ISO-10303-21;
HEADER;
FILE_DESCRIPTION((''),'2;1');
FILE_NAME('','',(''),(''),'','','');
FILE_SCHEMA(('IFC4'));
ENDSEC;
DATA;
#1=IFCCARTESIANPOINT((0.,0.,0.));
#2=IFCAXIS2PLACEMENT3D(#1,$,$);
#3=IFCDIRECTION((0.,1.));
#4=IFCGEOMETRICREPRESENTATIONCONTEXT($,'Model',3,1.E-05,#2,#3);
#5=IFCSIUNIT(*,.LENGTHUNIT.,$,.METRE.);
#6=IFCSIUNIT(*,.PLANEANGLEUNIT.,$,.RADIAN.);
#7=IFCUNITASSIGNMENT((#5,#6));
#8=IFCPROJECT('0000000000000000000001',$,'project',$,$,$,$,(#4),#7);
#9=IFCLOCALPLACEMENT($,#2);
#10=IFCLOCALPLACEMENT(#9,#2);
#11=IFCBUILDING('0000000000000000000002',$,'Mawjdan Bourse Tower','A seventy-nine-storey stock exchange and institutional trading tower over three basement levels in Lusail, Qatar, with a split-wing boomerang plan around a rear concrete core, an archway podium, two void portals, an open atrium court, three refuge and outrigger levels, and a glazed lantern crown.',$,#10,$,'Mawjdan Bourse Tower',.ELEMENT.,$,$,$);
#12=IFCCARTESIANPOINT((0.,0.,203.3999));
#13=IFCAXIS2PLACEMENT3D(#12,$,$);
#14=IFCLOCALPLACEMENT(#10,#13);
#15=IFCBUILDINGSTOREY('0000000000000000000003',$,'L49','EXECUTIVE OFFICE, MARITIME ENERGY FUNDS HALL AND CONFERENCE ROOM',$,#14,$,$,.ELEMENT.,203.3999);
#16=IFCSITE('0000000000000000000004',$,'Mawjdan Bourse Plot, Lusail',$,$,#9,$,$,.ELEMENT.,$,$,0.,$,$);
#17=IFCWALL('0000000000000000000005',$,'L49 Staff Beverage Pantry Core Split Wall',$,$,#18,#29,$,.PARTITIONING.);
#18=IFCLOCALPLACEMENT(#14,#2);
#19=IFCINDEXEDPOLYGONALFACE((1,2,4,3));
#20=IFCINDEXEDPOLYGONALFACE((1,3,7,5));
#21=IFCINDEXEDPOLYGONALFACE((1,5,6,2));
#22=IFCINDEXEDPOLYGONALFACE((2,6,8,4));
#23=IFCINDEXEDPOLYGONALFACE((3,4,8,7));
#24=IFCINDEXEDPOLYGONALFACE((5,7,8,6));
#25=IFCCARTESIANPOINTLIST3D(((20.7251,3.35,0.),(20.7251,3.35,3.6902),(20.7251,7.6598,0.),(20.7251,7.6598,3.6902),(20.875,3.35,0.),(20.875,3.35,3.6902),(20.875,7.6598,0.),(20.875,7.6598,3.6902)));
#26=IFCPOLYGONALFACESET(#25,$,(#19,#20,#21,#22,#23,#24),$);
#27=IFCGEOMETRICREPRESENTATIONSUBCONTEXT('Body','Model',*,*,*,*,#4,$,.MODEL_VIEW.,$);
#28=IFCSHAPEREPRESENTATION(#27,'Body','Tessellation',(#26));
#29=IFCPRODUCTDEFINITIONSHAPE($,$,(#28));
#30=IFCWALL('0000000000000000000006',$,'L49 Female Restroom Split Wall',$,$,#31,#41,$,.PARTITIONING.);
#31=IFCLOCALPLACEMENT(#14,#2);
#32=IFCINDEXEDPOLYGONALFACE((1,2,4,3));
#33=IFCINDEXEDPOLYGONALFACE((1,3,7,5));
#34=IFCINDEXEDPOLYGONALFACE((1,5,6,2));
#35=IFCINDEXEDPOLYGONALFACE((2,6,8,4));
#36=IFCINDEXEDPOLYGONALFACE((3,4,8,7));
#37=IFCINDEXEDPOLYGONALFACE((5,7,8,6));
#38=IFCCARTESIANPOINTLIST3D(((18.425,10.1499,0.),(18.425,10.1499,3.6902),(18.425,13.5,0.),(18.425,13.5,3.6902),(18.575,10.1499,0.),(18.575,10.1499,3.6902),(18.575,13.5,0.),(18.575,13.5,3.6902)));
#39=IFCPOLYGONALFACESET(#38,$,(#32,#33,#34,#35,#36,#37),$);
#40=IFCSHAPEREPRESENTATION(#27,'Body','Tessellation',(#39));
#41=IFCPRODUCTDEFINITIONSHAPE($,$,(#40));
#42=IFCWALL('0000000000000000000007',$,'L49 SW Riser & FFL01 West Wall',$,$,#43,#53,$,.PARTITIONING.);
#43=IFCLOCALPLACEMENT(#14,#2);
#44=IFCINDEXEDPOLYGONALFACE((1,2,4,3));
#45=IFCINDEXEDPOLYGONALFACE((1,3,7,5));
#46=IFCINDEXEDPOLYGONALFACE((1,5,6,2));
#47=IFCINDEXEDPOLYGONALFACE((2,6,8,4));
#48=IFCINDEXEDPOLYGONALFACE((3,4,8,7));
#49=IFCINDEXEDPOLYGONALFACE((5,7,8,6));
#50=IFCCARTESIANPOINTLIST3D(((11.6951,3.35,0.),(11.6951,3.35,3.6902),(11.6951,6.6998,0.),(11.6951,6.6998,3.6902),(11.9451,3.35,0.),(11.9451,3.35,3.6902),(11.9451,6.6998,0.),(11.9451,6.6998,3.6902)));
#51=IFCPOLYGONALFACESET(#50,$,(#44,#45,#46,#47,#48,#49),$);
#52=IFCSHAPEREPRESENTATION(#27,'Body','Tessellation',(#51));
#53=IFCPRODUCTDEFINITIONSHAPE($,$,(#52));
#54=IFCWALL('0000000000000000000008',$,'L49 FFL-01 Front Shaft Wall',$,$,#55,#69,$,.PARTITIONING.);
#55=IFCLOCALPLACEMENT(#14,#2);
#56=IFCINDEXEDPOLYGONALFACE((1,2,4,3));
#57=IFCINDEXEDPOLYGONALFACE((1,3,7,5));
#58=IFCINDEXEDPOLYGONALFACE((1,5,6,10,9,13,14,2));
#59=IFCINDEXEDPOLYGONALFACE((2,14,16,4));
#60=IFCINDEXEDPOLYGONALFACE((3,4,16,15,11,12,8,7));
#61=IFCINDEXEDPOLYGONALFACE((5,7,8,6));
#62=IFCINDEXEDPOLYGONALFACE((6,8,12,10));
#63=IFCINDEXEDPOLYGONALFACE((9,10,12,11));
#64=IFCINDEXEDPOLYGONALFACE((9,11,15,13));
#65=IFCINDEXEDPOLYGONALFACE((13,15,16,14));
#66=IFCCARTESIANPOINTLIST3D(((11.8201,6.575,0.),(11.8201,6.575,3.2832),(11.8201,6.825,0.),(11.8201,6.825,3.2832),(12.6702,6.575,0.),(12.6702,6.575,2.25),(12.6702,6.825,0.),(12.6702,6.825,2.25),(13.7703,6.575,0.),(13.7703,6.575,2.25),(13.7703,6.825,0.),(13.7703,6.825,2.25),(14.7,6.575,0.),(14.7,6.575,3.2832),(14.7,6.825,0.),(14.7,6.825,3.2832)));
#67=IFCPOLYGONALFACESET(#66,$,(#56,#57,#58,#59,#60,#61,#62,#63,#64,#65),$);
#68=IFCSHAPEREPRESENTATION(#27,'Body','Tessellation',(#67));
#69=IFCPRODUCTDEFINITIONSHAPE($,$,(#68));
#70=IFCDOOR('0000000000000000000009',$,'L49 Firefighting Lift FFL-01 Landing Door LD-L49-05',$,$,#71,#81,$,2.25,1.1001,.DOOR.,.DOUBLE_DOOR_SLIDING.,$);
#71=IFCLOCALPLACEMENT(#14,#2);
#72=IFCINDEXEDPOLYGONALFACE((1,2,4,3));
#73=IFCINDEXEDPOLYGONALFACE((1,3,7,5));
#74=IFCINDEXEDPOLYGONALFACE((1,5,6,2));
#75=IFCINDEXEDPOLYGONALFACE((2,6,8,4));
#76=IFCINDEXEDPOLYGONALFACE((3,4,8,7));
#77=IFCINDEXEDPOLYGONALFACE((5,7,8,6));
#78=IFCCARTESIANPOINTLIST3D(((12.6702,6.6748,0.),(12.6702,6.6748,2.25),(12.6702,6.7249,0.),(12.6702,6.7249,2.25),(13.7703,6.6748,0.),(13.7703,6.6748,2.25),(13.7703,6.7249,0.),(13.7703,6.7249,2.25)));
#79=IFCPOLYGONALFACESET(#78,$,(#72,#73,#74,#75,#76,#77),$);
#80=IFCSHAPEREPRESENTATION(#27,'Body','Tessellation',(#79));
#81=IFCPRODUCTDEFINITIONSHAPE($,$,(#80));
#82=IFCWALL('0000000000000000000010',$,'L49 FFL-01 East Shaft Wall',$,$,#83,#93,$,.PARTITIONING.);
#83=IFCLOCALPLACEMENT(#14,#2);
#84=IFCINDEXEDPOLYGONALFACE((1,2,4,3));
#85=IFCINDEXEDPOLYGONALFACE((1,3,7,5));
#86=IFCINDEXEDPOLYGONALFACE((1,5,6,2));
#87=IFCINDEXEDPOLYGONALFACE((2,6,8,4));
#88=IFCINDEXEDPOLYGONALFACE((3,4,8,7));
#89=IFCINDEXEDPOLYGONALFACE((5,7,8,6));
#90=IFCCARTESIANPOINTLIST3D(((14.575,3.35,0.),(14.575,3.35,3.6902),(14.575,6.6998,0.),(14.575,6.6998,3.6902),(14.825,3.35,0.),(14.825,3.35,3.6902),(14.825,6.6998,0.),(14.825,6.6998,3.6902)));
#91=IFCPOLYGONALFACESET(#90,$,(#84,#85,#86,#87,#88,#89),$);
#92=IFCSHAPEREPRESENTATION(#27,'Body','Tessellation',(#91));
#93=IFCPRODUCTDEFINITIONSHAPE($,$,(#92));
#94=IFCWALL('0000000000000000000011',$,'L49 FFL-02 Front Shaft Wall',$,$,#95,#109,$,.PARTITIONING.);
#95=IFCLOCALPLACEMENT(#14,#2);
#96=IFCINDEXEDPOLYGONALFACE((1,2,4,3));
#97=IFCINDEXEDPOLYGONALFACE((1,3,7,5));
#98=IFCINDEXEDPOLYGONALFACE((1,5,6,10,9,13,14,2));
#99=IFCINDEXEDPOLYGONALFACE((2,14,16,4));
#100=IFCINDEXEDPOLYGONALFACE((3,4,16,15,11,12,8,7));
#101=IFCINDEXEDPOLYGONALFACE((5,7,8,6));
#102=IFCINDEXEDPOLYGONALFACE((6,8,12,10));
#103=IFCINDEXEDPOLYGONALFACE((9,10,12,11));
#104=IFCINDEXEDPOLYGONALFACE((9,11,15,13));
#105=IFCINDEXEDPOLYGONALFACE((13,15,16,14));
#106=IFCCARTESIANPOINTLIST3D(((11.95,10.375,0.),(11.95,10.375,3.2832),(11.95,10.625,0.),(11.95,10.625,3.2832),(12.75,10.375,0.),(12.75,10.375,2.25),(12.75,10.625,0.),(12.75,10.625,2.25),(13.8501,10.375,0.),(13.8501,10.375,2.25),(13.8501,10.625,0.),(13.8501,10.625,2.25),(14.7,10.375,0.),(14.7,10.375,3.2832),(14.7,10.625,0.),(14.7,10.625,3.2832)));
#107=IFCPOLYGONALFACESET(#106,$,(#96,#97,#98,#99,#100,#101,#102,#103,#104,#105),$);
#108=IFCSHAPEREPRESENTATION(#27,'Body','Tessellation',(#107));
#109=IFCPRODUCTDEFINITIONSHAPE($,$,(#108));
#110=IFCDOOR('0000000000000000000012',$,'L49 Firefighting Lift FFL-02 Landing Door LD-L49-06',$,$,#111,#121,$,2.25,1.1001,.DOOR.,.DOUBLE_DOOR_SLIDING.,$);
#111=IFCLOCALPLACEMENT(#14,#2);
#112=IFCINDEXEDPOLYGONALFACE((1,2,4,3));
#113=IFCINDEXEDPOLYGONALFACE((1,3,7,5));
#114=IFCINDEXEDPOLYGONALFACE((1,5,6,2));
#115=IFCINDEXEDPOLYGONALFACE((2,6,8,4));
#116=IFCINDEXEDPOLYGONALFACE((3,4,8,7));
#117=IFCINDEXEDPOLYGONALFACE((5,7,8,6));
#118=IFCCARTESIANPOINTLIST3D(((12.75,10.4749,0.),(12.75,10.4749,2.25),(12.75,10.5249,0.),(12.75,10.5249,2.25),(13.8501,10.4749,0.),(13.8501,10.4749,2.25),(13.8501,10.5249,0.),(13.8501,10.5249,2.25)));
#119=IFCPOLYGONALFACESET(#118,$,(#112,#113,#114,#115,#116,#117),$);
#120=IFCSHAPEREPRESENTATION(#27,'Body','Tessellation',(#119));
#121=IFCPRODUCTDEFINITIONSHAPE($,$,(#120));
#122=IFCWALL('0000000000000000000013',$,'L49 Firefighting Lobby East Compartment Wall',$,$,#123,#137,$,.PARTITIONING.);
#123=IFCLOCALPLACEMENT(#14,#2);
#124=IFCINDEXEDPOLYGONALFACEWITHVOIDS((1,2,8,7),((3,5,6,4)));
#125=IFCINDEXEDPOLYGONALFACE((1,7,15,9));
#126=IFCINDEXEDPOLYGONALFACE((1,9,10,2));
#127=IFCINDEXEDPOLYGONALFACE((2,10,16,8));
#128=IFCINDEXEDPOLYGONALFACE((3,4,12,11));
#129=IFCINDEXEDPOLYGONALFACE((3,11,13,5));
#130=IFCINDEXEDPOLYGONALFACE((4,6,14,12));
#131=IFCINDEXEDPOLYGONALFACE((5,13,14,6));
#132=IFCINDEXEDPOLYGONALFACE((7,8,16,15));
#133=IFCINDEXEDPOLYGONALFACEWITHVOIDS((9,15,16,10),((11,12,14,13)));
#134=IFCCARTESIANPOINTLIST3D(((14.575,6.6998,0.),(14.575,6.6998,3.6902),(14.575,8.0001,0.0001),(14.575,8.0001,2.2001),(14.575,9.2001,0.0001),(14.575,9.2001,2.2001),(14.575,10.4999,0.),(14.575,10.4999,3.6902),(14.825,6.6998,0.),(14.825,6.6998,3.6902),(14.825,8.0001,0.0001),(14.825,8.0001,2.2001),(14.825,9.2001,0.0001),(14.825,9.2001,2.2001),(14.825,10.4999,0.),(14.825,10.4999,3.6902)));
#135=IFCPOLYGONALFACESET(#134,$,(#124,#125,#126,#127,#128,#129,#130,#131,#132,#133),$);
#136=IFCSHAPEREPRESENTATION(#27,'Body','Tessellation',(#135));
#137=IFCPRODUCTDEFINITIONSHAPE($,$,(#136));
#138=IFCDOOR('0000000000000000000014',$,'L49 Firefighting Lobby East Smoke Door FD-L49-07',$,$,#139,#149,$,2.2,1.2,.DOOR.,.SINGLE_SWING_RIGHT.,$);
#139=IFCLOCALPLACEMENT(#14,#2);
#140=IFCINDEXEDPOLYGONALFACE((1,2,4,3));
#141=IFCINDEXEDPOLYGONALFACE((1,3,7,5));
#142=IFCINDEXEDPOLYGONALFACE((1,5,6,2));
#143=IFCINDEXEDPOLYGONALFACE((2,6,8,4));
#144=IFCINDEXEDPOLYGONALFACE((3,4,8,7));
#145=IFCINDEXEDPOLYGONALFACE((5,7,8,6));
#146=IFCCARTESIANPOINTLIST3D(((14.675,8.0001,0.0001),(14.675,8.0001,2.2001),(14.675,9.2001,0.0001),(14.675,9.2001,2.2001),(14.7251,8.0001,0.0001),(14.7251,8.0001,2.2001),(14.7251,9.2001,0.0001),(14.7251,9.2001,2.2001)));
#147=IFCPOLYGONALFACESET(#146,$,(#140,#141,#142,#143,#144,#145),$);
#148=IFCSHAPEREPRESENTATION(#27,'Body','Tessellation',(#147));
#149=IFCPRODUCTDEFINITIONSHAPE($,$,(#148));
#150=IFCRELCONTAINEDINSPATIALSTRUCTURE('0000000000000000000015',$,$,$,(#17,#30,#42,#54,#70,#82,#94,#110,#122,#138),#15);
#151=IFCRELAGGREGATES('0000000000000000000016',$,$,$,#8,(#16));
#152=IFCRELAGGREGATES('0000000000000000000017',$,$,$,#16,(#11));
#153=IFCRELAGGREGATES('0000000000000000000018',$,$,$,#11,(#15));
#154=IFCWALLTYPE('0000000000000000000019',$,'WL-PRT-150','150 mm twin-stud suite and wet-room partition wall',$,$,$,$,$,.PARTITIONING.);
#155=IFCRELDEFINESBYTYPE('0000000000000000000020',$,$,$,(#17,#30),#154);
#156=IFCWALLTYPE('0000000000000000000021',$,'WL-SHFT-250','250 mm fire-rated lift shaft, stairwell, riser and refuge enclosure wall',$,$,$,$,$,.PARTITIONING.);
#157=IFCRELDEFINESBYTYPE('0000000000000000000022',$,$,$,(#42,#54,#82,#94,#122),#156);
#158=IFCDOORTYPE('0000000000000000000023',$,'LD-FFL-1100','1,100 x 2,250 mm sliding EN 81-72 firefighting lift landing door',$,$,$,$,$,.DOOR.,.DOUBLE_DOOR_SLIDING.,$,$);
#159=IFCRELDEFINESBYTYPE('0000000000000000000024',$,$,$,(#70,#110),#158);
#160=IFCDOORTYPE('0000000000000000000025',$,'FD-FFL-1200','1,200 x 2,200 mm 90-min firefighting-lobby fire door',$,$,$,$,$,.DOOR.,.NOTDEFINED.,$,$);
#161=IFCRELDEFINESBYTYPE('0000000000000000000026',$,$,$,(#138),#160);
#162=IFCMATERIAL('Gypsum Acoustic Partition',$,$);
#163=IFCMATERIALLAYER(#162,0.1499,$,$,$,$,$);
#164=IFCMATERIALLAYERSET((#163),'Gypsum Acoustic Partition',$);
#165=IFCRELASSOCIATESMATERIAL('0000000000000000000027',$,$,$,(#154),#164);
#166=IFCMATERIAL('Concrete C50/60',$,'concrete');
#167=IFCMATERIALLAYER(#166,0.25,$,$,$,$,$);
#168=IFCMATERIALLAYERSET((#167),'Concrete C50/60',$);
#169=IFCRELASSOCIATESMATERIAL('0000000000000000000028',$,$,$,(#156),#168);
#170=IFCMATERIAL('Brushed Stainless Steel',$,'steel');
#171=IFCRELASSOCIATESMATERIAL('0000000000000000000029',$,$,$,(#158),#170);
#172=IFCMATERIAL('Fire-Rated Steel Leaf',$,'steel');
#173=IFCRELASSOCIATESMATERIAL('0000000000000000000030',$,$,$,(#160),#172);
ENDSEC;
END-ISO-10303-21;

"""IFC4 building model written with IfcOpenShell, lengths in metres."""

from ifc_helpers import new_model, si_unit, direction, frame, frame_2d, origin, place, context, subcontext, project, spatial, rectangle, extrude, material, layer, layer_set, type_object, element, fill, save


model = new_model("IFC4")

# Units and contexts
model_context = context("Model", 3, precision=1e-05, world=origin(), true_north=direction((0.0, 1.0)))
body_context = subcontext(model_context, "Body", "Model", "MODEL_VIEW")
ifc_project = project(units=[si_unit("LENGTHUNIT", "METRE"), si_unit("PLANEANGLEUNIT", "RADIAN")], contexts=[model_context])

# Site, building, storey
site_placement = place(None, origin())
site = spatial("IfcSite", under=ifc_project, at=site_placement, Name="Mawjdan Bourse Plot, Lusail", CompositionType="ELEMENT", RefElevation=0.0)
building_placement = place(site_placement, origin())
building = spatial("IfcBuilding", under=site, at=building_placement, Name="Mawjdan Bourse Tower", Description="A seventy-nine-storey stock exchange and institutional trading tower over three basement levels in Lusail, Qatar, with a split-wing boomerang plan around a rear concrete core, an archway podium, two void portals, an open atrium court, three refuge and outrigger levels, and a glazed lantern crown.", LongName="Mawjdan Bourse Tower", CompositionType="ELEMENT")
storey_placement = place(building_placement, frame((0.0, 0.0, 203.3999)))
storey = spatial("IfcBuildingStorey", under=building, at=storey_placement, Name="L49", Description="EXECUTIVE OFFICE, MARITIME ENERGY FUNDS HALL AND CONFERENCE ROOM", CompositionType="ELEMENT", Elevation=203.3999)

# Walls
ifc_material_1 = material(Name="Gypsum Acoustic Partition")
ifc_layer_1 = layer(ifc_material_1, 0.1499)
ifc_layer_set_1 = layer_set([ifc_layer_1], Name="Gypsum Acoustic Partition")
wall_type_1 = type_object("IfcWallType", Name="WL-PRT-150", Description="150 mm twin-stud suite and wet-room partition wall", PredefinedType="PARTITIONING", material=ifc_layer_set_1)
for number, where, z_axis, x_axis, name in (
    (1, (20.8, 3.3501, 0.0), (0.0, 0.0, 1.0), (0.0, 1.0, 0.0), "L49 Staff Beverage Pantry Core Split Wall"),
):
    element("IfcWall", number, at=place(storey_placement, frame(where, z_axis=z_axis, x_axis=x_axis)), inside=storey, type_object=wall_type_1, Name=name, PredefinedType="PARTITIONING", context=body_context, shape_type="SweptSolid", body=[
        extrude(rectangle(XDim=4.3098, YDim=0.1499, at=frame_2d((2.1548, 0.0))), origin(), (0.0, 0.0, 1.0), 3.6902),
    ])
wall_1_placement = place(storey_placement, frame((18.5, 10.1499, 0.0), z_axis=(0.0, 0.0, 1.0), x_axis=(0.0, 1.0, 0.0)))
element("IfcWall", 2, at=wall_1_placement, inside=storey, type_object=wall_type_1, Name="L49 Female Restroom Split Wall", PredefinedType="PARTITIONING", context=body_context, shape_type="SweptSolid", body=[
    extrude(rectangle(XDim=3.3501, YDim=0.1499, at=frame_2d((1.675, 0.0))), origin(), (0.0, 0.0, 1.0), 3.6902),
])
ifc_material_2 = material(Name="Concrete C50/60", Category="concrete")
ifc_layer_2 = layer(ifc_material_2, 0.25)
ifc_layer_set_2 = layer_set([ifc_layer_2], Name="Concrete C50/60")
wall_type_2 = type_object("IfcWallType", Name="WL-SHFT-250", Description="250 mm fire-rated lift shaft, stairwell, riser and refuge enclosure wall", PredefinedType="PARTITIONING", material=ifc_layer_set_2)
wall_2_placement = place(storey_placement, frame((11.8201, 3.3501, 0.0), z_axis=(0.0, 0.0, 1.0), x_axis=(0.0, 1.0, 0.0)))
element("IfcWall", 3, at=wall_2_placement, inside=storey, type_object=wall_type_2, Name="L49 SW Riser & FFL01 West Wall", PredefinedType="PARTITIONING", context=body_context, shape_type="SweptSolid", body=[
    extrude(rectangle(XDim=3.3499, YDim=0.25, at=frame_2d((1.6748, 0.0))), origin(), (0.0, 0.0, 1.0), 3.6902),
])

# Wall, opening, door
wall_3_placement = place(storey_placement, frame((11.8201, 6.7, 0.0), z_axis=(0.0, 0.0, 1.0), x_axis=(1.0, 0.0, 0.0)))
wall_3 = element("IfcWall", 4, at=wall_3_placement, inside=storey, type_object=wall_type_2, Name="L49 FFL-01 Front Shaft Wall", PredefinedType="PARTITIONING", context=body_context, shape_type="SweptSolid", body=[
    extrude(rectangle(XDim=2.8799, YDim=0.25, at=frame_2d((1.4399, 0.0))), origin(), (0.0, 0.0, 1.0), 3.2832),
])
opening_1_placement = place(wall_3_placement, frame((0.8501, 0.0, 0.0)))
opening_1 = element("IfcOpeningElement", 5, at=opening_1_placement, cuts=wall_3, PredefinedType="OPENING", context=body_context, shape_type="SweptSolid", body=[
    extrude(rectangle(XDim=1.1001, YDim=2.25, at=frame_2d((0.55, 1.125))), frame((0.0, 0.135, 0.0), z_axis=(0.0, -1.0, 0.0), x_axis=(1.0, 0.0, 0.0)), (0.0, 0.0, 1.0), 0.27),
])
ifc_material_3 = material(Name="Brushed Stainless Steel", Category="steel")
door_type_1 = type_object("IfcDoorType", Name="LD-FFL-1100", Description="1,100 x 2,250 mm sliding EN 81-72 firefighting lift landing door", OperationType="DOUBLE_DOOR_SLIDING", PredefinedType="DOOR", material=ifc_material_3)
door_1_placement = place(opening_1_placement, origin())
door_1 = element("IfcDoor", 6, at=door_1_placement, inside=storey, type_object=door_type_1, Name="L49 Firefighting Lift FFL-01 Landing Door LD-L49-05", OperationType="DOUBLE_DOOR_SLIDING", OverallHeight=2.25, OverallWidth=1.1001, PredefinedType="DOOR", context=body_context, shape_type="SweptSolid", body=[
    extrude(rectangle(XDim=1.1001, YDim=2.25, at=frame_2d((0.55, 1.125))), frame((0.0, 0.0249, 0.0), z_axis=(0.0, -1.0, 0.0), x_axis=(1.0, 0.0, 0.0)), (0.0, 0.0, 1.0), 0.05),
])
fill(opening_1, door_1)

# Wall
wall_4_placement = place(storey_placement, frame((14.7, 3.3501, 0.0), z_axis=(0.0, 0.0, 1.0), x_axis=(0.0, 1.0, 0.0)))
element("IfcWall", 7, at=wall_4_placement, inside=storey, type_object=wall_type_2, Name="L49 FFL-01 East Shaft Wall", PredefinedType="PARTITIONING", context=body_context, shape_type="SweptSolid", body=[
    extrude(rectangle(XDim=3.3499, YDim=0.25, at=frame_2d((1.6748, 0.0))), origin(), (0.0, 0.0, 1.0), 3.6902),
])

# Walls, openings, doors
wall_5_placement = place(storey_placement, frame((11.95, 10.5, 0.0), z_axis=(0.0, 0.0, 1.0), x_axis=(1.0, 0.0, 0.0)))
wall_5 = element("IfcWall", 8, at=wall_5_placement, inside=storey, type_object=wall_type_2, Name="L49 FFL-02 Front Shaft Wall", PredefinedType="PARTITIONING", context=body_context, shape_type="SweptSolid", body=[
    extrude(rectangle(XDim=2.75, YDim=0.25, at=frame_2d((1.375, 0.0))), origin(), (0.0, 0.0, 1.0), 3.2832),
])
opening_2_placement = place(wall_5_placement, frame((0.8, 0.0, 0.0)))
opening_2 = element("IfcOpeningElement", 9, at=opening_2_placement, cuts=wall_5, PredefinedType="OPENING", context=body_context, shape_type="SweptSolid", body=[
    extrude(rectangle(XDim=1.1001, YDim=2.25, at=frame_2d((0.55, 1.125))), frame((0.0, 0.135, 0.0), z_axis=(0.0, -1.0, 0.0), x_axis=(1.0, 0.0, 0.0)), (0.0, 0.0, 1.0), 0.27),
])
door_2_placement = place(opening_2_placement, origin())
door_2 = element("IfcDoor", 10, at=door_2_placement, inside=storey, type_object=door_type_1, Name="L49 Firefighting Lift FFL-02 Landing Door LD-L49-06", OperationType="DOUBLE_DOOR_SLIDING", OverallHeight=2.25, OverallWidth=1.1001, PredefinedType="DOOR", context=body_context, shape_type="SweptSolid", body=[
    extrude(rectangle(XDim=1.1001, YDim=2.25, at=frame_2d((0.55, 1.125))), frame((0.0, 0.0249, 0.0), z_axis=(0.0, -1.0, 0.0), x_axis=(1.0, 0.0, 0.0)), (0.0, 0.0, 1.0), 0.05),
])
fill(opening_2, door_2)
wall_6_placement = place(storey_placement, frame((14.7, 6.7, 0.0), z_axis=(0.0, 0.0, 1.0), x_axis=(0.0, 1.0, 0.0)))
wall_6 = element("IfcWall", 11, at=wall_6_placement, inside=storey, type_object=wall_type_2, Name="L49 Firefighting Lobby East Compartment Wall", PredefinedType="PARTITIONING", context=body_context, shape_type="SweptSolid", body=[
    extrude(rectangle(XDim=3.8, YDim=0.25, at=frame_2d((1.8999, 0.0))), origin(), (0.0, 0.0, 1.0), 3.6902),
])
opening_3_placement = place(wall_6_placement, frame((1.3, 0.0, 0.0)))
opening_3 = element("IfcOpeningElement", 12, at=opening_3_placement, cuts=wall_6, PredefinedType="OPENING", context=body_context, shape_type="SweptSolid", body=[
    extrude(rectangle(XDim=1.2, YDim=2.2, at=frame_2d((0.6001, 1.1001))), frame((0.0, 0.135, 0.0), z_axis=(0.0, -1.0, 0.0), x_axis=(1.0, 0.0, 0.0)), (0.0, 0.0, 1.0), 0.27),
])
ifc_material_4 = material(Name="Fire-Rated Steel Leaf", Category="steel")
door_type_2 = type_object("IfcDoorType", Name="FD-FFL-1200", Description="1,200 x 2,200 mm 90-min firefighting-lobby fire door", OperationType="NOTDEFINED", PredefinedType="DOOR", material=ifc_material_4)
door_3_placement = place(opening_3_placement, origin())
door_3 = element("IfcDoor", 13, at=door_3_placement, inside=storey, type_object=door_type_2, Name="L49 Firefighting Lobby East Smoke Door FD-L49-07", OperationType="SINGLE_SWING_RIGHT", OverallHeight=2.2, OverallWidth=1.2, PredefinedType="DOOR", context=body_context, shape_type="SweptSolid", body=[
    extrude(rectangle(XDim=1.2, YDim=2.2, at=frame_2d((0.6001, 1.1001))), frame((0.0, 0.0249, 0.0), z_axis=(0.0, -1.0, 0.0), x_axis=(1.0, 0.0, 0.0)), (0.0, 0.0, 1.0), 0.05),
])
fill(opening_3, door_3)

save(model, "model.ifc")
